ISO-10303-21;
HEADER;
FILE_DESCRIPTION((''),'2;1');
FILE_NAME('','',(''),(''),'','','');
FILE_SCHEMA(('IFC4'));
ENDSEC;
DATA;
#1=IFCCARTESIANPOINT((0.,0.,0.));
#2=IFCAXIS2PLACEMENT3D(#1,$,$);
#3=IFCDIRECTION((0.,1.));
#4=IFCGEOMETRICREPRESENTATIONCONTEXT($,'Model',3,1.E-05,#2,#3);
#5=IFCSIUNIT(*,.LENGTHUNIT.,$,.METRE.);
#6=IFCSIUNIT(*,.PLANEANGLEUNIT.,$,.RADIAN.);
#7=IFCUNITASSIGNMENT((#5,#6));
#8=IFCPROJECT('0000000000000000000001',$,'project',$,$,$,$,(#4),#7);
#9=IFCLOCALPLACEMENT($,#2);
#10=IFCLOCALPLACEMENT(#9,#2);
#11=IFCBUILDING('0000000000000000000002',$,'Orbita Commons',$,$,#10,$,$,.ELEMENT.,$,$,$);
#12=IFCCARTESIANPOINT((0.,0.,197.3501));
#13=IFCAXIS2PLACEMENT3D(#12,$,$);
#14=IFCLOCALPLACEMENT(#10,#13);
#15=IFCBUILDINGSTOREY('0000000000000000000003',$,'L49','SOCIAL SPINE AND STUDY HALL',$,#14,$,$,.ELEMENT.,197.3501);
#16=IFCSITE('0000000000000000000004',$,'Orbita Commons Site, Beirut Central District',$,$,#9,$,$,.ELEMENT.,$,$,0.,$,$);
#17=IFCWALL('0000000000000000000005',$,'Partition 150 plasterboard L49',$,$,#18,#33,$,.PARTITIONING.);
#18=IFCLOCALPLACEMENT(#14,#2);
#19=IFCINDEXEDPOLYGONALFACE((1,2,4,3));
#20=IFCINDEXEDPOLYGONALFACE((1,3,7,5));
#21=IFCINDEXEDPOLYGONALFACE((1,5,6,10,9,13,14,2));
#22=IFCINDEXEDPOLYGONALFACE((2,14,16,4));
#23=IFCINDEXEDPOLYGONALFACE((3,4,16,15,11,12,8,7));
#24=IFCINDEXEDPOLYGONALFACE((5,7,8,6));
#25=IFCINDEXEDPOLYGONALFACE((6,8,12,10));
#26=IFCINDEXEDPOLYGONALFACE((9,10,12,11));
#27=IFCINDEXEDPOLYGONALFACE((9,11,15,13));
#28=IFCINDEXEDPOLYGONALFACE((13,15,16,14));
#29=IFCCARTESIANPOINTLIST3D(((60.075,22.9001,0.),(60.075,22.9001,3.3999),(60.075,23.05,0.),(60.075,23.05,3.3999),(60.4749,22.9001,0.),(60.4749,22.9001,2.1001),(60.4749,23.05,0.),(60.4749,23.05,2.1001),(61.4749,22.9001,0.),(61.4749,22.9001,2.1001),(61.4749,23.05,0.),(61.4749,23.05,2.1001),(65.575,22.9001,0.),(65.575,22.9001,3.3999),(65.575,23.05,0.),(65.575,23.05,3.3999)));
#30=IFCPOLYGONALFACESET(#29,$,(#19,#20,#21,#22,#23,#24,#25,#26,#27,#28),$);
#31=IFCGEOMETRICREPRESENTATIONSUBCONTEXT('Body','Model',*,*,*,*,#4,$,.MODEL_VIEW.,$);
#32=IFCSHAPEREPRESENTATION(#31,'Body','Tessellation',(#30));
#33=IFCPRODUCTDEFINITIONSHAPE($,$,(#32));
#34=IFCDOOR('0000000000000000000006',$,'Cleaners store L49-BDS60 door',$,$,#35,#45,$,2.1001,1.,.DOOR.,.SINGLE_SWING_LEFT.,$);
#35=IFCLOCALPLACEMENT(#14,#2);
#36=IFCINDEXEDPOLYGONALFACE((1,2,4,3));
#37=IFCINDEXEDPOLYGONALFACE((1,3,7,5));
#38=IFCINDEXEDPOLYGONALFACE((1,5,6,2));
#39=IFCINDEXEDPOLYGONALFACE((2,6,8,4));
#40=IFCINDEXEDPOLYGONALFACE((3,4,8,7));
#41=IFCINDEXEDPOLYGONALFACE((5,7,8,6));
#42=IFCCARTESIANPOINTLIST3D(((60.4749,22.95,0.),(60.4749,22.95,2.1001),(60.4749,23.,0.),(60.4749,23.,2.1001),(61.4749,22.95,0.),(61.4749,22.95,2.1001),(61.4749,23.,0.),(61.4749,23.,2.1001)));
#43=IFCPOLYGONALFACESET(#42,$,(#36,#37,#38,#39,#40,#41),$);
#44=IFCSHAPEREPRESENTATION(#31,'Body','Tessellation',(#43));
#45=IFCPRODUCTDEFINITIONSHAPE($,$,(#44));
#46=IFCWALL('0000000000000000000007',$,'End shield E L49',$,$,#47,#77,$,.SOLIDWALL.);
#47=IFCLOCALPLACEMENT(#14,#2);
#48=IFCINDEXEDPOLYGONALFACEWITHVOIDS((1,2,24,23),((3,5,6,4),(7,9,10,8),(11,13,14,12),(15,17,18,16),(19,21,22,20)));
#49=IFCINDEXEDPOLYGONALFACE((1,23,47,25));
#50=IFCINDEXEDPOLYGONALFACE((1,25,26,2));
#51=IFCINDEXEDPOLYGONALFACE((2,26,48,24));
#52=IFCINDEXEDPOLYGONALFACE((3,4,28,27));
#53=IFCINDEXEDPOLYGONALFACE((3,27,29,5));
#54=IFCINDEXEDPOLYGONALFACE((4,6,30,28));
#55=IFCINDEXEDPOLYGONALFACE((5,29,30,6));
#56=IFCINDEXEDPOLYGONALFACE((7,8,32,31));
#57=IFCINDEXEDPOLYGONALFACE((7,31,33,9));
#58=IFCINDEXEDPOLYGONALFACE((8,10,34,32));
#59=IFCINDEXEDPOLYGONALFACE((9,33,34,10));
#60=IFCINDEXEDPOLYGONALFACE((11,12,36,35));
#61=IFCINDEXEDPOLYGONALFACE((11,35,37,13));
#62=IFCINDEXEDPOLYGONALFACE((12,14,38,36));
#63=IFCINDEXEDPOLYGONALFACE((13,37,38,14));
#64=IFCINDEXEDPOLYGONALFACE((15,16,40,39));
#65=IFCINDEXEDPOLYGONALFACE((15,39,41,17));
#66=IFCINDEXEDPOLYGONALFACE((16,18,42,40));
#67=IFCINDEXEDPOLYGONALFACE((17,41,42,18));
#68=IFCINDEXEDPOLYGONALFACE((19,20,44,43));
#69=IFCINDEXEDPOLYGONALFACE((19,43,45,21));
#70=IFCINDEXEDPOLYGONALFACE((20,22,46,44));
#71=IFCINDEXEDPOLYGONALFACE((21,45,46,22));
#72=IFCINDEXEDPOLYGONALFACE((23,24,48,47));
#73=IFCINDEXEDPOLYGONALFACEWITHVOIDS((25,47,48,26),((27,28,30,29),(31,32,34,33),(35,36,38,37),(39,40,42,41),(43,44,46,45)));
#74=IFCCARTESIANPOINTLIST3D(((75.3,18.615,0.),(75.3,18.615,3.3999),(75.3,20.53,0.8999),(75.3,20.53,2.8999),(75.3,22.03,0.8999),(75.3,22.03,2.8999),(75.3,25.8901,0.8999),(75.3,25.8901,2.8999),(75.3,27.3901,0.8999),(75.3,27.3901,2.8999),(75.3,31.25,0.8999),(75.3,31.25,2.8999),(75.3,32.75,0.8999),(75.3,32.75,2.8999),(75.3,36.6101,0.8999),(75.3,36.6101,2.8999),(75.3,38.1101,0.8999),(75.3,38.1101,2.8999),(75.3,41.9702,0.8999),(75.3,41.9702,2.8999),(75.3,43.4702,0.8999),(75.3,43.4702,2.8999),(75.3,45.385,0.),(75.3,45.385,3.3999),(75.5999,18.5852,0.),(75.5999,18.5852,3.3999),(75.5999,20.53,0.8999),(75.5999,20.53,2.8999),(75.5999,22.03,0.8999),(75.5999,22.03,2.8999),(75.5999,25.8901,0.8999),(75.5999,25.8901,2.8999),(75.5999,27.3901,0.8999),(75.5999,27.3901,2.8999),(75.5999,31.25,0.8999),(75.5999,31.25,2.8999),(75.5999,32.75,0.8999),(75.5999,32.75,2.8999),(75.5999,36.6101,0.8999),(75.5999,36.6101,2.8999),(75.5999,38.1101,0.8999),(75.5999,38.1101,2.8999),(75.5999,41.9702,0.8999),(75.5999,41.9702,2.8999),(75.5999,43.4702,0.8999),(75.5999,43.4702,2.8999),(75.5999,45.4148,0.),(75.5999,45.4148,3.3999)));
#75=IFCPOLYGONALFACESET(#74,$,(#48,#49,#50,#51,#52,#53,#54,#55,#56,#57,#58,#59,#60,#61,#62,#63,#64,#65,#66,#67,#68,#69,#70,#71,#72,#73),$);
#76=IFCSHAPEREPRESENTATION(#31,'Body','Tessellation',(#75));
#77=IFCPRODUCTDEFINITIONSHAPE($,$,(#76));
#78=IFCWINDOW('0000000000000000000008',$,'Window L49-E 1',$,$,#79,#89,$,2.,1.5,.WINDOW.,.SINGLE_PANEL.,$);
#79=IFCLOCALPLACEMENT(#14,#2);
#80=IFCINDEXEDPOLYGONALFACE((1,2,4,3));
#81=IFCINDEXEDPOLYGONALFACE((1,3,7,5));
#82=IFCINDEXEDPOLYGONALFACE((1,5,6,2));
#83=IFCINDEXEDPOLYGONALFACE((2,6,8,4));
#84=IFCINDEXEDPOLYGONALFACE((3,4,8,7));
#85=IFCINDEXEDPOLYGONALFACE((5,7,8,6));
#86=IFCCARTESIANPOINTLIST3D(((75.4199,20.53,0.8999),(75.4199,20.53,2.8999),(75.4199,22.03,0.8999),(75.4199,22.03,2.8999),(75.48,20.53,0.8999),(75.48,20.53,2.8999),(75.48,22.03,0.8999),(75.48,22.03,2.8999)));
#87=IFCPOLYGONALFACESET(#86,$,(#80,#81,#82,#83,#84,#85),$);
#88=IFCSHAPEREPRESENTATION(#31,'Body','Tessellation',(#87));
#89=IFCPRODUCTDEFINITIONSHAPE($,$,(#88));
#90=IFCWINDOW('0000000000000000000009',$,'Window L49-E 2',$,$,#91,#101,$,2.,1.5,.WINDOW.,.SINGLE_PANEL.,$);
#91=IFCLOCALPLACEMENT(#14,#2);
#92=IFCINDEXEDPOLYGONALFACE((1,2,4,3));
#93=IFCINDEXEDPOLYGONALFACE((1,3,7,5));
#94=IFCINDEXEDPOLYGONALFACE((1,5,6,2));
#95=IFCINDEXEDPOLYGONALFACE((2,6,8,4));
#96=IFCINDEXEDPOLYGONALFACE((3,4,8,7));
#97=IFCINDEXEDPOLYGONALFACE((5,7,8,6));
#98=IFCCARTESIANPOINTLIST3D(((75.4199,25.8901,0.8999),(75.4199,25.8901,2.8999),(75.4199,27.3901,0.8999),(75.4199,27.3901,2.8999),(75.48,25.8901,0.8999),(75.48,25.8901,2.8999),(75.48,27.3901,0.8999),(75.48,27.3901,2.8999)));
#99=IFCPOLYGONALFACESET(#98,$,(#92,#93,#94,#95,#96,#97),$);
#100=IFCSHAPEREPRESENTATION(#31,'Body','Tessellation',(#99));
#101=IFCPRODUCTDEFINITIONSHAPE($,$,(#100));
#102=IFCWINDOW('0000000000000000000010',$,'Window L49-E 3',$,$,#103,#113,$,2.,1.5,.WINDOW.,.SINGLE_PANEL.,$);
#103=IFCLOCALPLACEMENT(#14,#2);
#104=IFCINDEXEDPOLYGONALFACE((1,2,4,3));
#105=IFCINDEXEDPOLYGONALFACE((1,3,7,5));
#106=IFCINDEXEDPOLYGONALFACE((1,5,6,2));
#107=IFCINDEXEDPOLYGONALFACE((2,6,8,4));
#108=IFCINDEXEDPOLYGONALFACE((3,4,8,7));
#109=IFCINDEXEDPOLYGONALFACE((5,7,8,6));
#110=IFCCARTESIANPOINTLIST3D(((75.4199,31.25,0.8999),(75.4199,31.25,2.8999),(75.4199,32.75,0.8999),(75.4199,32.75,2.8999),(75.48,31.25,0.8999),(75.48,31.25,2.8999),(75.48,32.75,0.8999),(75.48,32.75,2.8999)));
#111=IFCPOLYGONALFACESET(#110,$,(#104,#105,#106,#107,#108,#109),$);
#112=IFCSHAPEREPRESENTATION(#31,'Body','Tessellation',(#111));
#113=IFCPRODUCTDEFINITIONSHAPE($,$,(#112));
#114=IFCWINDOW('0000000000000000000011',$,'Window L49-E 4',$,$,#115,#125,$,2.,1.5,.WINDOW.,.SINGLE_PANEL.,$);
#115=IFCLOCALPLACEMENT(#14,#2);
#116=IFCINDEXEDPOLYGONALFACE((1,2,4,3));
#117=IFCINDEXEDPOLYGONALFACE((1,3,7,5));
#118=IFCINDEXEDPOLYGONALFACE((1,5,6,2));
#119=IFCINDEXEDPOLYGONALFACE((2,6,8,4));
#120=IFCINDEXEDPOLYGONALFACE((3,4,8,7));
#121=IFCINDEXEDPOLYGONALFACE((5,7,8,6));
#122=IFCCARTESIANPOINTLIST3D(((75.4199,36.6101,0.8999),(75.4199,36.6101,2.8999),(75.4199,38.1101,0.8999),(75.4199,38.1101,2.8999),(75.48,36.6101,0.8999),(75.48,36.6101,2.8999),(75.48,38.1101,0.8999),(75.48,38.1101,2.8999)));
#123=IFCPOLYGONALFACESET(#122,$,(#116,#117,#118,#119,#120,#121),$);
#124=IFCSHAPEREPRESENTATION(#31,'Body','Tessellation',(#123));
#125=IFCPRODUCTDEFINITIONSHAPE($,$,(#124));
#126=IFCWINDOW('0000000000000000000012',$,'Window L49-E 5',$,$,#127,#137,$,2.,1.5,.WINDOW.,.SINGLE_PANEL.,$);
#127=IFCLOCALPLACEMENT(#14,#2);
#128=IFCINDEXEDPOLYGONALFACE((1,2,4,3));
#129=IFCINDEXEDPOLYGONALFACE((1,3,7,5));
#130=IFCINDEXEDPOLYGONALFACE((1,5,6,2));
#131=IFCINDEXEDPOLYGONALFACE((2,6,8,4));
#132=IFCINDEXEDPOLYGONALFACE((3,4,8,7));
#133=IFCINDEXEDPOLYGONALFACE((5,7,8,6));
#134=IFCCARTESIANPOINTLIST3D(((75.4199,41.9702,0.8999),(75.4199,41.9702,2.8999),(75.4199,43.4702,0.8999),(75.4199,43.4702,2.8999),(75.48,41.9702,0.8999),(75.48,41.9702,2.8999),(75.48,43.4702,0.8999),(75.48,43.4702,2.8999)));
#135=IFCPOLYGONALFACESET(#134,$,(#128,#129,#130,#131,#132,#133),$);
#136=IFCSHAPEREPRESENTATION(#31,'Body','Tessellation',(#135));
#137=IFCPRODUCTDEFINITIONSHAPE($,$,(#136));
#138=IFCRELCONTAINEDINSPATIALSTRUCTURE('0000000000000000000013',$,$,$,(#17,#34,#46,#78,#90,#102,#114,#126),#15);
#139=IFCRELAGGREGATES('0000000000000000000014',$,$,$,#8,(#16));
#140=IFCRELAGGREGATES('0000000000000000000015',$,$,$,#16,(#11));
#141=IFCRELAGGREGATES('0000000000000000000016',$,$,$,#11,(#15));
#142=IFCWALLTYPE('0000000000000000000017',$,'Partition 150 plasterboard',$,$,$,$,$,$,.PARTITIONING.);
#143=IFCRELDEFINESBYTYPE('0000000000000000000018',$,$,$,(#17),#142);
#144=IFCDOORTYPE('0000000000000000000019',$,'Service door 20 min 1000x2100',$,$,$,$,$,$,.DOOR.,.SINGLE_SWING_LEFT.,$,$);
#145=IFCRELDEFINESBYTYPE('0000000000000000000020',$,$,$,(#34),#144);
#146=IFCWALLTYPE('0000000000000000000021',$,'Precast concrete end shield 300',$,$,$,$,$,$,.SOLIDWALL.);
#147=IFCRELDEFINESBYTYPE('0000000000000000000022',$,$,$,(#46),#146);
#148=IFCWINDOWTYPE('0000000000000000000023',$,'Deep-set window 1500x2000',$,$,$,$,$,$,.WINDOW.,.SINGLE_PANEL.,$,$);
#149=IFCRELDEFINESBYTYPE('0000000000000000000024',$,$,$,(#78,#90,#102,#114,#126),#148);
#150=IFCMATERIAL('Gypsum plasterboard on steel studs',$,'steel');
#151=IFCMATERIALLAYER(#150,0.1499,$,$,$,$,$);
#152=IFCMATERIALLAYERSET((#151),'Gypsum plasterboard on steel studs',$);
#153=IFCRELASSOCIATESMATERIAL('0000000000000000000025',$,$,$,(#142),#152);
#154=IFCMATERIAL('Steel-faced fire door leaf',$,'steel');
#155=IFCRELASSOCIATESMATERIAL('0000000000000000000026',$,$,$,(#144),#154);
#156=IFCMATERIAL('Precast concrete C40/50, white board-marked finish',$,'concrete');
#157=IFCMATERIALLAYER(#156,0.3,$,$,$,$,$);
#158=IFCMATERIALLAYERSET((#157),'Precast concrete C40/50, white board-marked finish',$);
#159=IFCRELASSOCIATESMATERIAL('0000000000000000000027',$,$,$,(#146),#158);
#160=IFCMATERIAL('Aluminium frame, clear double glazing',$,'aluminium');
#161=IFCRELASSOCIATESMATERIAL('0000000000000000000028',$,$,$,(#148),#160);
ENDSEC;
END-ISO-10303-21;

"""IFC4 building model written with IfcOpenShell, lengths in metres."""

from ifc_helpers import new_model, si_unit, direction, frame, frame_2d, origin, place, context, subcontext, project, spatial, polyline, rectangle, outline, extrude, material, layer, layer_set, type_object, element, fill, save


model = new_model("IFC4")

# Units and contexts
model_context = context("Model", 3, precision=1e-05, world=origin(), true_north=direction((0.0, 1.0)))
body_context = subcontext(model_context, "Body", "Model", "MODEL_VIEW")
ifc_project = project(units=[si_unit("LENGTHUNIT", "METRE"), si_unit("PLANEANGLEUNIT", "RADIAN")], contexts=[model_context])

# Site, building, storey
site_placement = place(None, origin())
site = spatial("IfcSite", under=ifc_project, at=site_placement, Name="Orbita Commons Site, Beirut Central District", CompositionType="ELEMENT", RefElevation=0.0)
building_placement = place(site_placement, origin())
building = spatial("IfcBuilding", under=site, at=building_placement, Name="Orbita Commons", CompositionType="ELEMENT")
storey_placement = place(building_placement, frame((0.0, 0.0, 197.3501)))
storey = spatial("IfcBuildingStorey", under=building, at=storey_placement, Name="L49", Description="SOCIAL SPINE AND STUDY HALL", CompositionType="ELEMENT", Elevation=197.3501)

# Wall, opening, door
ifc_material_1 = material(Name="Gypsum plasterboard on steel studs", Category="steel")
ifc_layer_1 = layer(ifc_material_1, 0.1499)
ifc_layer_set_1 = layer_set([ifc_layer_1], Name="Gypsum plasterboard on steel studs")
wall_type_1 = type_object("IfcWallType", Name="Partition 150 plasterboard", PredefinedType="PARTITIONING", material=ifc_layer_set_1)
wall_1_placement = place(storey_placement, frame((60.075, 22.9751, 0.0), z_axis=(0.0, 0.0, 1.0), x_axis=(1.0, 0.0, 0.0)))
wall_1 = element("IfcWall", 1, at=wall_1_placement, inside=storey, type_object=wall_type_1, Name="Partition 150 plasterboard L49", PredefinedType="PARTITIONING", context=body_context, shape_type="SweptSolid", body=[
    extrude(rectangle(XDim=5.5, YDim=0.1499, at=frame_2d((2.75, 0.0))), origin(), (0.0, 0.0, 1.0), 3.3999),
])
opening_1_placement = place(wall_1_placement, frame((0.3999, 0.0, 0.0)))
opening_1 = element("IfcOpeningElement", 2, at=opening_1_placement, cuts=wall_1, PredefinedType="OPENING", context=body_context, shape_type="SweptSolid", body=[
    extrude(rectangle(XDim=1.0, YDim=2.1001, at=frame_2d((0.5, 1.05))), frame((0.0, 0.085, 0.0), z_axis=(0.0, -1.0, 0.0), x_axis=(1.0, 0.0, 0.0)), (0.0, 0.0, 1.0), 0.1699),
])
ifc_material_2 = material(Name="Steel-faced fire door leaf", Category="steel")
door_type_1 = type_object("IfcDoorType", Name="Service door 20 min 1000x2100", OperationType="SINGLE_SWING_LEFT", PredefinedType="DOOR", material=ifc_material_2)
door_1_placement = place(opening_1_placement, origin())
door_1 = element("IfcDoor", 3, at=door_1_placement, inside=storey, type_object=door_type_1, Name="Cleaners store L49-BDS60 door", OperationType="SINGLE_SWING_LEFT", OverallHeight=2.1001, OverallWidth=1.0, PredefinedType="DOOR", context=body_context, shape_type="SweptSolid", body=[
    extrude(rectangle(XDim=1.0, YDim=2.1001, at=frame_2d((0.5, 1.05))), frame((0.0, 0.0249, 0.0), z_axis=(0.0, -1.0, 0.0), x_axis=(1.0, 0.0, 0.0)), (0.0, 0.0, 1.0), 0.05),
])
fill(opening_1, door_1)

# Wall, openings, windows
ifc_material_3 = material(Name="Precast concrete C40/50, white board-marked finish", Category="concrete")
ifc_layer_2 = layer(ifc_material_3, 0.3)
ifc_layer_set_2 = layer_set([ifc_layer_2], Name="Precast concrete C40/50, white board-marked finish")
wall_type_2 = type_object("IfcWallType", Name="Precast concrete end shield 300", PredefinedType="SOLIDWALL", material=ifc_layer_set_2)
wall_2_placement = place(storey_placement, frame((75.45, 18.6001, 0.0), z_axis=(0.0, 0.0, 1.0), x_axis=(0.0, 1.0, 0.0)))
wall_2 = element("IfcWall", 4, at=wall_2_placement, inside=storey, type_object=wall_type_2, Name="End shield E L49", PredefinedType="SOLIDWALL", context=body_context, shape_type="SweptSolid", body=[
    extrude(outline(polyline([(-0.0149, -0.1499), (26.8147, -0.1499), (26.7849, 0.1499), (0.0149, 0.1499), (-0.0149, -0.1499)])), origin(), (0.0, 0.0, 1.0), 3.3999),
])
opening_2_placement = place(wall_2_placement, frame((1.9299, 0.0, 0.8999)))
opening_2 = element("IfcOpeningElement", 5, at=opening_2_placement, cuts=wall_2, PredefinedType="OPENING", context=body_context, shape_type="SweptSolid", body=[
    extrude(rectangle(XDim=1.5, YDim=2.0, at=frame_2d((0.75, 1.0))), frame((0.0, 0.1599, 0.0), z_axis=(0.0, -1.0, 0.0), x_axis=(1.0, 0.0, 0.0)), (0.0, 0.0, 1.0), 0.3201),
])
opening_3_placement = place(wall_2_placement, frame((7.29, 0.0, 0.8999)))
opening_3 = element("IfcOpeningElement", 6, at=opening_3_placement, cuts=wall_2, PredefinedType="OPENING", context=body_context, shape_type="SweptSolid", body=[
    extrude(rectangle(XDim=1.5, YDim=2.0, at=frame_2d((0.75, 1.0))), frame((0.0, 0.1599, 0.0), z_axis=(0.0, -1.0, 0.0), x_axis=(1.0, 0.0, 0.0)), (0.0, 0.0, 1.0), 0.3201),
])
opening_4_placement = place(wall_2_placement, frame((12.6499, 0.0, 0.8999)))
opening_4 = element("IfcOpeningElement", 7, at=opening_4_placement, cuts=wall_2, PredefinedType="OPENING", context=body_context, shape_type="SweptSolid", body=[
    extrude(rectangle(XDim=1.5, YDim=2.0, at=frame_2d((0.75, 1.0))), frame((0.0, 0.1599, 0.0), z_axis=(0.0, -1.0, 0.0), x_axis=(1.0, 0.0, 0.0)), (0.0, 0.0, 1.0), 0.3201),
])
opening_5_placement = place(wall_2_placement, frame((18.01, 0.0, 0.8999)))
opening_5 = element("IfcOpeningElement", 8, at=opening_5_placement, cuts=wall_2, PredefinedType="OPENING", context=body_context, shape_type="SweptSolid", body=[
    extrude(rectangle(XDim=1.5, YDim=2.0, at=frame_2d((0.75, 1.0))), frame((0.0, 0.1599, 0.0), z_axis=(0.0, -1.0, 0.0), x_axis=(1.0, 0.0, 0.0)), (0.0, 0.0, 1.0), 0.3201),
])
opening_6_placement = place(wall_2_placement, frame((23.3701, 0.0, 0.8999)))
opening_6 = element("IfcOpeningElement", 9, at=opening_6_placement, cuts=wall_2, PredefinedType="OPENING", context=body_context, shape_type="SweptSolid", body=[
    extrude(rectangle(XDim=1.5, YDim=2.0, at=frame_2d((0.75, 1.0))), frame((0.0, 0.1599, 0.0), z_axis=(0.0, -1.0, 0.0), x_axis=(1.0, 0.0, 0.0)), (0.0, 0.0, 1.0), 0.3201),
])
ifc_material_4 = material(Name="Aluminium frame, clear double glazing", Category="aluminium")
window_type = type_object("IfcWindowType", Name="Deep-set window 1500x2000", PartitioningType="SINGLE_PANEL", PredefinedType="WINDOW", material=ifc_material_4)
window_1_placement = place(opening_2_placement, origin())
window_1 = element("IfcWindow", 10, at=window_1_placement, inside=storey, type_object=window_type, Name="Window L49-E 1", OverallHeight=2.0, OverallWidth=1.5, PartitioningType="SINGLE_PANEL", PredefinedType="WINDOW", context=body_context, shape_type="SweptSolid", body=[
    extrude(rectangle(XDim=1.5, YDim=2.0, at=frame_2d((0.75, 1.0))), frame((0.0, 0.03, 0.0), z_axis=(0.0, -1.0, 0.0), x_axis=(1.0, 0.0, 0.0)), (0.0, 0.0, 1.0), 0.0601),
])
fill(opening_2, window_1)
window_2_placement = place(opening_3_placement, origin())
window_2 = element("IfcWindow", 11, at=window_2_placement, inside=storey, type_object=window_type, Name="Window L49-E 2", OverallHeight=2.0, OverallWidth=1.5, PartitioningType="SINGLE_PANEL", PredefinedType="WINDOW", context=body_context, shape_type="SweptSolid", body=[
    extrude(rectangle(XDim=1.5, YDim=2.0, at=frame_2d((0.75, 1.0))), frame((0.0, 0.03, 0.0), z_axis=(0.0, -1.0, 0.0), x_axis=(1.0, 0.0, 0.0)), (0.0, 0.0, 1.0), 0.0601),
])
fill(opening_3, window_2)
window_3_placement = place(opening_4_placement, origin())
window_3 = element("IfcWindow", 12, at=window_3_placement, inside=storey, type_object=window_type, Name="Window L49-E 3", OverallHeight=2.0, OverallWidth=1.5, PartitioningType="SINGLE_PANEL", PredefinedType="WINDOW", context=body_context, shape_type="SweptSolid", body=[
    extrude(rectangle(XDim=1.5, YDim=2.0, at=frame_2d((0.75, 1.0))), frame((0.0, 0.03, 0.0), z_axis=(0.0, -1.0, 0.0), x_axis=(1.0, 0.0, 0.0)), (0.0, 0.0, 1.0), 0.0601),
])
fill(opening_4, window_3)
window_4_placement = place(opening_5_placement, origin())
window_4 = element("IfcWindow", 13, at=window_4_placement, inside=storey, type_object=window_type, Name="Window L49-E 4", OverallHeight=2.0, OverallWidth=1.5, PartitioningType="SINGLE_PANEL", PredefinedType="WINDOW", context=body_context, shape_type="SweptSolid", body=[
    extrude(rectangle(XDim=1.5, YDim=2.0, at=frame_2d((0.75, 1.0))), frame((0.0, 0.03, 0.0), z_axis=(0.0, -1.0, 0.0), x_axis=(1.0, 0.0, 0.0)), (0.0, 0.0, 1.0), 0.0601),
])
fill(opening_5, window_4)
window_5_placement = place(opening_6_placement, origin())
window_5 = element("IfcWindow", 14, at=window_5_placement, inside=storey, type_object=window_type, Name="Window L49-E 5", OverallHeight=2.0, OverallWidth=1.5, PartitioningType="SINGLE_PANEL", PredefinedType="WINDOW", context=body_context, shape_type="SweptSolid", body=[
    extrude(rectangle(XDim=1.5, YDim=2.0, at=frame_2d((0.75, 1.0))), frame((0.0, 0.03, 0.0), z_axis=(0.0, -1.0, 0.0), x_axis=(1.0, 0.0, 0.0)), (0.0, 0.0, 1.0), 0.0601),
])
fill(opening_6, window_5)

save(model, "model.ifc")
